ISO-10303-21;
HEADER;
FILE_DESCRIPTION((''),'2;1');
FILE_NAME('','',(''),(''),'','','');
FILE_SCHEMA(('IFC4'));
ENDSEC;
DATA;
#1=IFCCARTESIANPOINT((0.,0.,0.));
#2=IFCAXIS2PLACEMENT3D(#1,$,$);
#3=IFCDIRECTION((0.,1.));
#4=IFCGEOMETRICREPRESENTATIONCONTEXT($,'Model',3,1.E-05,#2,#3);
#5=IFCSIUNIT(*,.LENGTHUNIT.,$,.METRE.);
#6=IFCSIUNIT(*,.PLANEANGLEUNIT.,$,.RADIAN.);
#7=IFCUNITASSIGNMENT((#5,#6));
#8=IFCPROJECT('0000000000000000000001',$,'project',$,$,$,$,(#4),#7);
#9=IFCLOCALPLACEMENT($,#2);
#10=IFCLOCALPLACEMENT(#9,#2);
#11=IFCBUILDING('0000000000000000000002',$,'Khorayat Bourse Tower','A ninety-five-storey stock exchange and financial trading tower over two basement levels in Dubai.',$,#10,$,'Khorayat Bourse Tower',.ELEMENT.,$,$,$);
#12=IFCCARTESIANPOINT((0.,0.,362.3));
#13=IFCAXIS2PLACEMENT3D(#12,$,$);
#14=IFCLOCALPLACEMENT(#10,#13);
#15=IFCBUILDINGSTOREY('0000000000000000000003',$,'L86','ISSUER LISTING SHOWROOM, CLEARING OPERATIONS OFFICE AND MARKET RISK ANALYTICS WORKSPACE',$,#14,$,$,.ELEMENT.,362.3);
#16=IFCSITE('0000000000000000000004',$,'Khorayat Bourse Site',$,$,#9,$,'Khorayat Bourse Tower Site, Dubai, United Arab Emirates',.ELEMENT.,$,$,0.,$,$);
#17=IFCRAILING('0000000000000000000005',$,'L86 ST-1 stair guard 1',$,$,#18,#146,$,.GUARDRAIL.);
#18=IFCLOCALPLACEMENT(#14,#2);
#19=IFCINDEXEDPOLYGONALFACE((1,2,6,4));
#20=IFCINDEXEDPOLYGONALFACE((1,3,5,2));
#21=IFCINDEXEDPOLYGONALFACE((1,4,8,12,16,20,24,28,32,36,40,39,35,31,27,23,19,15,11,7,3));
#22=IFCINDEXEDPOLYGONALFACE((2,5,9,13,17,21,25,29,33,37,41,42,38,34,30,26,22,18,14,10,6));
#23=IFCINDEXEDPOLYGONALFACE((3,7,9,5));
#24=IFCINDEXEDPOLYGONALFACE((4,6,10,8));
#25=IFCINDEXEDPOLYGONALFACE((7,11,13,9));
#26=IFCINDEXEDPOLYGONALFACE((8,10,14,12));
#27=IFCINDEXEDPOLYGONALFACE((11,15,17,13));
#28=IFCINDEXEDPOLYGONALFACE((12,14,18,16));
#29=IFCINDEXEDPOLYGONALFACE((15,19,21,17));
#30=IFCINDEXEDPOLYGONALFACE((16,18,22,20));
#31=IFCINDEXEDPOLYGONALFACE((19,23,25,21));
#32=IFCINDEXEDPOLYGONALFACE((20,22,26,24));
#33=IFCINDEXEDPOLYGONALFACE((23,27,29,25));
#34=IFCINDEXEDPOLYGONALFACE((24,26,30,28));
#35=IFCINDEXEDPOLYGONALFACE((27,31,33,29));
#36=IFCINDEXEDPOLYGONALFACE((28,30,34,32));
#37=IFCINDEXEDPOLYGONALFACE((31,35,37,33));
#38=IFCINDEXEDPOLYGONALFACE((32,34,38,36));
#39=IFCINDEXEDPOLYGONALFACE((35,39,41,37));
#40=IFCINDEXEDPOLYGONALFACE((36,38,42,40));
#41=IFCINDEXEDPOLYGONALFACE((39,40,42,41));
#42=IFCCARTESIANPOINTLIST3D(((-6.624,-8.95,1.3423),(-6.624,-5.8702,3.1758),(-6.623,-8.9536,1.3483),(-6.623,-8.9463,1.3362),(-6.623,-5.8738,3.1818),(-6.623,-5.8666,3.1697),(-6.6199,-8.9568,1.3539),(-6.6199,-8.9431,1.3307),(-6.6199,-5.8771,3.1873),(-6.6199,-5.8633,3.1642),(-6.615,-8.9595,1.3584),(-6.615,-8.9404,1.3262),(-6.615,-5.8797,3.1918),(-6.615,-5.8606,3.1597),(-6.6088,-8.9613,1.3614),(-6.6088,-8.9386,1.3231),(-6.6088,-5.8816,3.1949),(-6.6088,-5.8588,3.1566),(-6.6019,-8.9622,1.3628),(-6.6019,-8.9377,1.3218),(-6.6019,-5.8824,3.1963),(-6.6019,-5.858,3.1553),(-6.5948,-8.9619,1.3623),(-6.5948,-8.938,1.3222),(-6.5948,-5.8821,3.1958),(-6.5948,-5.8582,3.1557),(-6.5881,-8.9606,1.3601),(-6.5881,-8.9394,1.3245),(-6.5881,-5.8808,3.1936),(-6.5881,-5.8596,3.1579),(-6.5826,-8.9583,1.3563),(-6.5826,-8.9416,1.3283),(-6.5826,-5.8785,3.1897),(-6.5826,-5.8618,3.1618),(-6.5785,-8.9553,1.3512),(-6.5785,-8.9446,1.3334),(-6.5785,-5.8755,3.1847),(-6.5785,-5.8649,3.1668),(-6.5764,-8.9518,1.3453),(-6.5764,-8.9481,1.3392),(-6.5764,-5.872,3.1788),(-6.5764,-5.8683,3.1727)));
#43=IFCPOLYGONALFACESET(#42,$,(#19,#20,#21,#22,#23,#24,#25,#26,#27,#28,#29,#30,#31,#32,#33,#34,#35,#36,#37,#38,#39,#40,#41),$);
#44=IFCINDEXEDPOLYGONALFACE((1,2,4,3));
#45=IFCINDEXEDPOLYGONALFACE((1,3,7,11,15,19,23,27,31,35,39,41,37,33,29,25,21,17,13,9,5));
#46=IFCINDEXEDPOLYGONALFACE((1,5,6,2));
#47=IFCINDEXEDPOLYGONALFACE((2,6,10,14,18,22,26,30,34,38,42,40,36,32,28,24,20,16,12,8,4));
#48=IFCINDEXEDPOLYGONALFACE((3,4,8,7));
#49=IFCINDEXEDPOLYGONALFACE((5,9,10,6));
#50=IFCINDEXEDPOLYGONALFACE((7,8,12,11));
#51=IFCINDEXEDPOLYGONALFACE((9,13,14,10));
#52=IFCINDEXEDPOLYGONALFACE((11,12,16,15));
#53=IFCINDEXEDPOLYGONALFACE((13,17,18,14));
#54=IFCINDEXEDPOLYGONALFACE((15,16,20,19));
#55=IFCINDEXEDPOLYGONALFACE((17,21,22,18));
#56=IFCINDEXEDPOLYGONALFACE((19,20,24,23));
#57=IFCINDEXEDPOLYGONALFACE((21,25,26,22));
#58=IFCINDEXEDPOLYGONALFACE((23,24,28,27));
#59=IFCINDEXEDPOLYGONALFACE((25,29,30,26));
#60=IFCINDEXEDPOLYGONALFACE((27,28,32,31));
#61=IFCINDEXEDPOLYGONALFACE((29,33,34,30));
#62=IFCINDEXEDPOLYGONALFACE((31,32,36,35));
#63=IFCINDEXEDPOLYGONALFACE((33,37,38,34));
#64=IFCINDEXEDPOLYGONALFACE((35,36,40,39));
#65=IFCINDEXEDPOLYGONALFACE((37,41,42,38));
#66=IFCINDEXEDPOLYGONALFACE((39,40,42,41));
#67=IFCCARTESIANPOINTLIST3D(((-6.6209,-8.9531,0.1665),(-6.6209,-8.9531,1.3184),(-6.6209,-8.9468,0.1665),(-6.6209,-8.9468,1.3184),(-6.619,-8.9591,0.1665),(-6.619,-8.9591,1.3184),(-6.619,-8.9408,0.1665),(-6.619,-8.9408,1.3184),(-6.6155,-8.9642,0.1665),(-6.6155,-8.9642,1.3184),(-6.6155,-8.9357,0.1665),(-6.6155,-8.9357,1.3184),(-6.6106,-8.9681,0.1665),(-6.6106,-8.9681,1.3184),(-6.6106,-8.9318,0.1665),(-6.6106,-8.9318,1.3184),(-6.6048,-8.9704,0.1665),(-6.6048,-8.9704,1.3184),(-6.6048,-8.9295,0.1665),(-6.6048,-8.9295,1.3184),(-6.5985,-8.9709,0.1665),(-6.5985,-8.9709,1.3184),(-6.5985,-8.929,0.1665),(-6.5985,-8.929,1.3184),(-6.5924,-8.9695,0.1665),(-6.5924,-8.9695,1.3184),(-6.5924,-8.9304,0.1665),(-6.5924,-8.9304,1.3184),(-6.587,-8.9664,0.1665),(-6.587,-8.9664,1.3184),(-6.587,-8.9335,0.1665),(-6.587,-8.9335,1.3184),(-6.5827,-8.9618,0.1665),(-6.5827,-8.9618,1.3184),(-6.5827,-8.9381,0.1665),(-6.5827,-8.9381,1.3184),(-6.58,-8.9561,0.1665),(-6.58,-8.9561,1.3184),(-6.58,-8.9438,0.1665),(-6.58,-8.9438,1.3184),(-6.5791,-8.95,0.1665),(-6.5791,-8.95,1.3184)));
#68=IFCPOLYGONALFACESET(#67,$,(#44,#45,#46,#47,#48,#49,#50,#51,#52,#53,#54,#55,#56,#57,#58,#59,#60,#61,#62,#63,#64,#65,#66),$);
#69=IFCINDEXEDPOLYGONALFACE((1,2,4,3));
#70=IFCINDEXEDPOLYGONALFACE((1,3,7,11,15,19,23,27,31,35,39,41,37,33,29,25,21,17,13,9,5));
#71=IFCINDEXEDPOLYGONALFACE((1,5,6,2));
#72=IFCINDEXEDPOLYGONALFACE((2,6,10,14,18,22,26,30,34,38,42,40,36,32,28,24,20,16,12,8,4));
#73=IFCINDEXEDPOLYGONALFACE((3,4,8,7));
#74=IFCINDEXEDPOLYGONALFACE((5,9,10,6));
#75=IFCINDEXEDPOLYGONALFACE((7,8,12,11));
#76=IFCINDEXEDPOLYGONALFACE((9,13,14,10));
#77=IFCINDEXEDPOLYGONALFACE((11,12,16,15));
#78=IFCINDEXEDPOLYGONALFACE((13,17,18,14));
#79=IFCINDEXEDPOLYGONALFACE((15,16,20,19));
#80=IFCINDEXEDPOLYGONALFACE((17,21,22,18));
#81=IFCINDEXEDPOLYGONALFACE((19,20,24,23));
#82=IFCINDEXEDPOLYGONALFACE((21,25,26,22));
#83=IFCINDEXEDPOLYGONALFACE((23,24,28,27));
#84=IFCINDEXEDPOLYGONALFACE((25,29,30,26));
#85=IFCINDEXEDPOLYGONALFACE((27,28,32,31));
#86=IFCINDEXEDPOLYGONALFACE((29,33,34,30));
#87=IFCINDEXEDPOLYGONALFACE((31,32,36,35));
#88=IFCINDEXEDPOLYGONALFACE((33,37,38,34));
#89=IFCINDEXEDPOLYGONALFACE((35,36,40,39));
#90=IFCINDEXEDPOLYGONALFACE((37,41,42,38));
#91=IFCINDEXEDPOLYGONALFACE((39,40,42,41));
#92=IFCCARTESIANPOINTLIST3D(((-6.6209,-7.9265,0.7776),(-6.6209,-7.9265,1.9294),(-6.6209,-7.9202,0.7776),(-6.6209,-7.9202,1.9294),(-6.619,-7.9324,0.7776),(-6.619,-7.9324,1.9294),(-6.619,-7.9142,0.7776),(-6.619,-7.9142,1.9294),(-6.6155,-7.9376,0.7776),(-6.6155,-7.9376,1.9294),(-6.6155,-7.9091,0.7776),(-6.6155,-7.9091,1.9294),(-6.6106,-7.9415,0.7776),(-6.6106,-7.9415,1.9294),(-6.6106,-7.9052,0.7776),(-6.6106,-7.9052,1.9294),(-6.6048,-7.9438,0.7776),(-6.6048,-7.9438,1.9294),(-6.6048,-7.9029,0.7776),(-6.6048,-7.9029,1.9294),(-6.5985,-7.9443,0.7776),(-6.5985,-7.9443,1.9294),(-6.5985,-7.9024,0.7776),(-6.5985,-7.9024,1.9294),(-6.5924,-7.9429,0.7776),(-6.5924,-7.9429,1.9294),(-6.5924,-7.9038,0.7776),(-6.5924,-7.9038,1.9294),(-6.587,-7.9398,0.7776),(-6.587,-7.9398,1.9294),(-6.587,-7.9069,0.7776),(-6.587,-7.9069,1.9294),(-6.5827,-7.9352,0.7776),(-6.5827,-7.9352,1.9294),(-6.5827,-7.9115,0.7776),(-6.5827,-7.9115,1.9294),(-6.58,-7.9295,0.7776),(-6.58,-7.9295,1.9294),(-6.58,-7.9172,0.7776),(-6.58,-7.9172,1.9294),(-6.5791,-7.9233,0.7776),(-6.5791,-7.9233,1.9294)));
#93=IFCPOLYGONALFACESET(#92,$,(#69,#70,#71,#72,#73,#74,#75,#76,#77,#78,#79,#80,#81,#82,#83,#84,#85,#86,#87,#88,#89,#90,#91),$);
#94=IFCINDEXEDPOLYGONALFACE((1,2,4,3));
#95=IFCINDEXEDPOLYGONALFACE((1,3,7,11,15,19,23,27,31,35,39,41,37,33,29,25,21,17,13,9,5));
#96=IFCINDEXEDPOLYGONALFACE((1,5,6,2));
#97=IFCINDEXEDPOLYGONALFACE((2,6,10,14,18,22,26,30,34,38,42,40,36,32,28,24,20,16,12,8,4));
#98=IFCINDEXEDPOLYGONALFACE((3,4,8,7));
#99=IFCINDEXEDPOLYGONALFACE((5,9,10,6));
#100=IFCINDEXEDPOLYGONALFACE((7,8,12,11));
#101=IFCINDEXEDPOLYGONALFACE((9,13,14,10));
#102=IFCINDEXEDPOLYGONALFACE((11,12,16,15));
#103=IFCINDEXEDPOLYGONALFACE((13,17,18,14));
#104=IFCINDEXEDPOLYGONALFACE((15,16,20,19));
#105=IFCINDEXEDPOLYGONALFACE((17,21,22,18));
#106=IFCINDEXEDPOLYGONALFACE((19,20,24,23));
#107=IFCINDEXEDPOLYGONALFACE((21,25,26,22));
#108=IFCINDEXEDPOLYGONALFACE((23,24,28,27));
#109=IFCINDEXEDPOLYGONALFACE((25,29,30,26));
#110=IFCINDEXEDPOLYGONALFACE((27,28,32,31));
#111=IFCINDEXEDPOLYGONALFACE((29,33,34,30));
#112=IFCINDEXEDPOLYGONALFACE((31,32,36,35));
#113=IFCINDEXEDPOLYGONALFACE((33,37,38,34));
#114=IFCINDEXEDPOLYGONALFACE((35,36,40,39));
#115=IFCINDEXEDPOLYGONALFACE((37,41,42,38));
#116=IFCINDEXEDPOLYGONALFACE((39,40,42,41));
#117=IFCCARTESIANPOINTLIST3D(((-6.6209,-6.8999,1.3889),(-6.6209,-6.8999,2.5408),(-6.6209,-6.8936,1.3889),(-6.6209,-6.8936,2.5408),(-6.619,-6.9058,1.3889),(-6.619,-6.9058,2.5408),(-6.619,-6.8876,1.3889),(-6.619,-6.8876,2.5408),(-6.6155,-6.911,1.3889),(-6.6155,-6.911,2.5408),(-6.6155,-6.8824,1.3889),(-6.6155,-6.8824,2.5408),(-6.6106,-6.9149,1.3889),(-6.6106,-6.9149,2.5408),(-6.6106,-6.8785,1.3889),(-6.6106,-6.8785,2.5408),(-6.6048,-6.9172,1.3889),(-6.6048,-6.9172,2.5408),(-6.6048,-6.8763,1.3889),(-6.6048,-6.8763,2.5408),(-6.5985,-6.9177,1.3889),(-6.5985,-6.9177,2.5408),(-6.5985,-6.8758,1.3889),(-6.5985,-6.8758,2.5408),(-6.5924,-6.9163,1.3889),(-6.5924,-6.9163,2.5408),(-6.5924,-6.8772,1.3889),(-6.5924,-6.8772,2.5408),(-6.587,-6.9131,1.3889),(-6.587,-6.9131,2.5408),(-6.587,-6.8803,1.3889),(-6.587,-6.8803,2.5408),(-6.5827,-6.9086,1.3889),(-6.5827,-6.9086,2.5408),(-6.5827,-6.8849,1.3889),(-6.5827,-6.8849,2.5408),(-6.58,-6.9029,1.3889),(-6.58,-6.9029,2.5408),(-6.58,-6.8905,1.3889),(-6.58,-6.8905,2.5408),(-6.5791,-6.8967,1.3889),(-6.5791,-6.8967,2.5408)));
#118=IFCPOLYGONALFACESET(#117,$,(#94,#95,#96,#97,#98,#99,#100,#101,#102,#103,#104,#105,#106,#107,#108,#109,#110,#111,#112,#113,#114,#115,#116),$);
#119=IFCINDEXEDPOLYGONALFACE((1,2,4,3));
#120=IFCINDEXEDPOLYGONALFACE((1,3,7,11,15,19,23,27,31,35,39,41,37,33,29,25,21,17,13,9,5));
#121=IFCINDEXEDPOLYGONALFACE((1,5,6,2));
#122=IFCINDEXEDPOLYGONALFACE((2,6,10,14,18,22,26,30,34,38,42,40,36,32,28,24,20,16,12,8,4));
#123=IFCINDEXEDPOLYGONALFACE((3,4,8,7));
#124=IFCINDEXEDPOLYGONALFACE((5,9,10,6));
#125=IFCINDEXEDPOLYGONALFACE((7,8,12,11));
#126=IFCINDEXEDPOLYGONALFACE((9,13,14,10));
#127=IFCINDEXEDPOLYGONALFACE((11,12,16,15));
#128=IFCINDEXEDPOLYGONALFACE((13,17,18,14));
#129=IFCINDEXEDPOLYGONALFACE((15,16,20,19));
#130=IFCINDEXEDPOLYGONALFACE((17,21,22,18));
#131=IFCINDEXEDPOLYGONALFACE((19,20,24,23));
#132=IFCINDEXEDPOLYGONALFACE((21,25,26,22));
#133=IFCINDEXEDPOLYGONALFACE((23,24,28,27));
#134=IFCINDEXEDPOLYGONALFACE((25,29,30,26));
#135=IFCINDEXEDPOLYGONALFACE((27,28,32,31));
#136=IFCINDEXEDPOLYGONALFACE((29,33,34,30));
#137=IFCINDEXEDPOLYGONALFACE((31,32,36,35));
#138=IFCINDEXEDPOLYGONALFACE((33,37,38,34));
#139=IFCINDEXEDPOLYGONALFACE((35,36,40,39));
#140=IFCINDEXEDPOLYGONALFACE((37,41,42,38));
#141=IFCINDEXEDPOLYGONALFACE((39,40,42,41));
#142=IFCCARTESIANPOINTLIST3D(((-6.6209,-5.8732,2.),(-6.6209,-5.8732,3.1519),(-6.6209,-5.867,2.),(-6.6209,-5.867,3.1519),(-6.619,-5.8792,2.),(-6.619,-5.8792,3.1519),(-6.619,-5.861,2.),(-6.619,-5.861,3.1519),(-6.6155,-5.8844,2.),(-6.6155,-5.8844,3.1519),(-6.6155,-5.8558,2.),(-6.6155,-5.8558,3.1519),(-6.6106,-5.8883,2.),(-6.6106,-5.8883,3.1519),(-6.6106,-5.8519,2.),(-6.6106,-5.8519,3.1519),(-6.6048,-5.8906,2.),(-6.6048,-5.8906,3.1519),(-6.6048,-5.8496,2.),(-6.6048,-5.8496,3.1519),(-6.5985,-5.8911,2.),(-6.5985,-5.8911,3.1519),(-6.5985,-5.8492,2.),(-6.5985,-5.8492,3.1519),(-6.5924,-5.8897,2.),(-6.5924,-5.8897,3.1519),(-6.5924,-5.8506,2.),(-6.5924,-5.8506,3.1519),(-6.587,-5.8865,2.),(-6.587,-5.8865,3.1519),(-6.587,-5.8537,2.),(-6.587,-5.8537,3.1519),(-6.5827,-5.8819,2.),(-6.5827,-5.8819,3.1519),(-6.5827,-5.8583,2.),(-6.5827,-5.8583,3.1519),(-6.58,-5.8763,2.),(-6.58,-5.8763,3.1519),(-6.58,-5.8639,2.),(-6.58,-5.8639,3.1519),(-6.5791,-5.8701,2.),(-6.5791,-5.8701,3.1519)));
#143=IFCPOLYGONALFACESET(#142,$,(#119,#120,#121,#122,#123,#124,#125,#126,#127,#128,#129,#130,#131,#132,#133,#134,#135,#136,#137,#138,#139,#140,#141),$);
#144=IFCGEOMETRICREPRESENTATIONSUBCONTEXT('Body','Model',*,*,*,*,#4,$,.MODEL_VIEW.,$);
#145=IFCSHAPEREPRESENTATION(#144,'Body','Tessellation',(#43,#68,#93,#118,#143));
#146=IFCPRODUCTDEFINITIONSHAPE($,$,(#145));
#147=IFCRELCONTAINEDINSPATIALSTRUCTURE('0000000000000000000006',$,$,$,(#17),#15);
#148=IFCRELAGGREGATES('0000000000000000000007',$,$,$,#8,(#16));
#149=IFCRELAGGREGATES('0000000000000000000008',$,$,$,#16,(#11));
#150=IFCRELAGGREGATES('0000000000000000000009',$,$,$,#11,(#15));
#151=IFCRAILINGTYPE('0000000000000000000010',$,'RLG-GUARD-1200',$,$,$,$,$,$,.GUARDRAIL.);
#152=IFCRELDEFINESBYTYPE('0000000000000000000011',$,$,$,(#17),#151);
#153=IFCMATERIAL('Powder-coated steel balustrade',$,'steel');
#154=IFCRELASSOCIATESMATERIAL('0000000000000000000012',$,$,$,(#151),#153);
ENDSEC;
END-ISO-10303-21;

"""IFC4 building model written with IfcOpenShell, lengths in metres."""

from ifc_helpers import new_model, si_unit, direction, frame, origin, origin_2d, place, context, subcontext, project, spatial, circle, extrude, source, transform, mapped, material, type_object, element, save


model = new_model("IFC4")

# Units and contexts
model_context = context("Model", 3, precision=1e-05, world=origin(), true_north=direction((0.0, 1.0)))
body_context = subcontext(model_context, "Body", "Model", "MODEL_VIEW")
ifc_project = project(units=[si_unit("LENGTHUNIT", "METRE"), si_unit("PLANEANGLEUNIT", "RADIAN")], contexts=[model_context])

# Site, building, storey
site_placement = place(None, origin())
site = spatial("IfcSite", under=ifc_project, at=site_placement, Name="Khorayat Bourse Site", LongName="Khorayat Bourse Tower Site, Dubai, United Arab Emirates", CompositionType="ELEMENT", RefElevation=0.0)
building_placement = place(site_placement, origin())
building = spatial("IfcBuilding", under=site, at=building_placement, Name="Khorayat Bourse Tower", Description="A ninety-five-storey stock exchange and financial trading tower over two basement levels in Dubai.", LongName="Khorayat Bourse Tower", CompositionType="ELEMENT")
storey_placement = place(building_placement, frame((0.0, 0.0, 362.3)))
storey = spatial("IfcBuildingStorey", under=building, at=storey_placement, Name="L86", Description="ISSUER LISTING SHOWROOM, CLEARING OPERATIONS OFFICE AND MARKET RISK ANALYTICS WORKSPACE", CompositionType="ELEMENT", Elevation=362.3)

# Railing
ifc_material_1 = material(Name="Powder-coated steel balustrade", Category="steel")
railing_type_1 = type_object("IfcRailingType", Name="RLG-GUARD-1200", PredefinedType="GUARDRAIL", material=ifc_material_1)
shared_shape_1 = source(origin(), body_context, "Body", "SweptSolid", [
    extrude(circle(Radius=0.0239, at=origin_2d()), frame((0.0, 0.0, 1.1758), z_axis=(0.0, 0.859261, 0.511538), x_axis=(-1.0, 0.0, 0.0)), (0.0, 0.0, 1.0), 3.5842),
    extrude(circle(Radius=0.021, at=origin_2d()), origin(), (0.0, 0.0, 1.0), 1.1519),
    extrude(circle(Radius=0.021, at=origin_2d()), frame((0.0, 1.0266, 0.6111)), (0.0, 0.0, 1.0), 1.1519),
    extrude(circle(Radius=0.021, at=origin_2d()), frame((0.0, 2.0532, 1.2224)), (0.0, 0.0, 1.0), 1.1519),
    extrude(circle(Radius=0.021, at=origin_2d()), frame((0.0, 3.0798, 1.8335)), (0.0, 0.0, 1.0), 1.1519),
])
railing_1_placement = place(storey_placement, frame((-6.6001, -8.95, 0.1665)))
element("IfcRailing", 1, at=railing_1_placement, inside=storey, type_object=railing_type_1, Name="L86 ST-1 stair guard 1", PredefinedType="GUARDRAIL", context=body_context, shape_type="MappedRepresentation", body=[
    mapped(shared_shape_1, transform((0.0, 0.0, 0.0), scale=1.0)),
])

save(model, "model.ifc")
